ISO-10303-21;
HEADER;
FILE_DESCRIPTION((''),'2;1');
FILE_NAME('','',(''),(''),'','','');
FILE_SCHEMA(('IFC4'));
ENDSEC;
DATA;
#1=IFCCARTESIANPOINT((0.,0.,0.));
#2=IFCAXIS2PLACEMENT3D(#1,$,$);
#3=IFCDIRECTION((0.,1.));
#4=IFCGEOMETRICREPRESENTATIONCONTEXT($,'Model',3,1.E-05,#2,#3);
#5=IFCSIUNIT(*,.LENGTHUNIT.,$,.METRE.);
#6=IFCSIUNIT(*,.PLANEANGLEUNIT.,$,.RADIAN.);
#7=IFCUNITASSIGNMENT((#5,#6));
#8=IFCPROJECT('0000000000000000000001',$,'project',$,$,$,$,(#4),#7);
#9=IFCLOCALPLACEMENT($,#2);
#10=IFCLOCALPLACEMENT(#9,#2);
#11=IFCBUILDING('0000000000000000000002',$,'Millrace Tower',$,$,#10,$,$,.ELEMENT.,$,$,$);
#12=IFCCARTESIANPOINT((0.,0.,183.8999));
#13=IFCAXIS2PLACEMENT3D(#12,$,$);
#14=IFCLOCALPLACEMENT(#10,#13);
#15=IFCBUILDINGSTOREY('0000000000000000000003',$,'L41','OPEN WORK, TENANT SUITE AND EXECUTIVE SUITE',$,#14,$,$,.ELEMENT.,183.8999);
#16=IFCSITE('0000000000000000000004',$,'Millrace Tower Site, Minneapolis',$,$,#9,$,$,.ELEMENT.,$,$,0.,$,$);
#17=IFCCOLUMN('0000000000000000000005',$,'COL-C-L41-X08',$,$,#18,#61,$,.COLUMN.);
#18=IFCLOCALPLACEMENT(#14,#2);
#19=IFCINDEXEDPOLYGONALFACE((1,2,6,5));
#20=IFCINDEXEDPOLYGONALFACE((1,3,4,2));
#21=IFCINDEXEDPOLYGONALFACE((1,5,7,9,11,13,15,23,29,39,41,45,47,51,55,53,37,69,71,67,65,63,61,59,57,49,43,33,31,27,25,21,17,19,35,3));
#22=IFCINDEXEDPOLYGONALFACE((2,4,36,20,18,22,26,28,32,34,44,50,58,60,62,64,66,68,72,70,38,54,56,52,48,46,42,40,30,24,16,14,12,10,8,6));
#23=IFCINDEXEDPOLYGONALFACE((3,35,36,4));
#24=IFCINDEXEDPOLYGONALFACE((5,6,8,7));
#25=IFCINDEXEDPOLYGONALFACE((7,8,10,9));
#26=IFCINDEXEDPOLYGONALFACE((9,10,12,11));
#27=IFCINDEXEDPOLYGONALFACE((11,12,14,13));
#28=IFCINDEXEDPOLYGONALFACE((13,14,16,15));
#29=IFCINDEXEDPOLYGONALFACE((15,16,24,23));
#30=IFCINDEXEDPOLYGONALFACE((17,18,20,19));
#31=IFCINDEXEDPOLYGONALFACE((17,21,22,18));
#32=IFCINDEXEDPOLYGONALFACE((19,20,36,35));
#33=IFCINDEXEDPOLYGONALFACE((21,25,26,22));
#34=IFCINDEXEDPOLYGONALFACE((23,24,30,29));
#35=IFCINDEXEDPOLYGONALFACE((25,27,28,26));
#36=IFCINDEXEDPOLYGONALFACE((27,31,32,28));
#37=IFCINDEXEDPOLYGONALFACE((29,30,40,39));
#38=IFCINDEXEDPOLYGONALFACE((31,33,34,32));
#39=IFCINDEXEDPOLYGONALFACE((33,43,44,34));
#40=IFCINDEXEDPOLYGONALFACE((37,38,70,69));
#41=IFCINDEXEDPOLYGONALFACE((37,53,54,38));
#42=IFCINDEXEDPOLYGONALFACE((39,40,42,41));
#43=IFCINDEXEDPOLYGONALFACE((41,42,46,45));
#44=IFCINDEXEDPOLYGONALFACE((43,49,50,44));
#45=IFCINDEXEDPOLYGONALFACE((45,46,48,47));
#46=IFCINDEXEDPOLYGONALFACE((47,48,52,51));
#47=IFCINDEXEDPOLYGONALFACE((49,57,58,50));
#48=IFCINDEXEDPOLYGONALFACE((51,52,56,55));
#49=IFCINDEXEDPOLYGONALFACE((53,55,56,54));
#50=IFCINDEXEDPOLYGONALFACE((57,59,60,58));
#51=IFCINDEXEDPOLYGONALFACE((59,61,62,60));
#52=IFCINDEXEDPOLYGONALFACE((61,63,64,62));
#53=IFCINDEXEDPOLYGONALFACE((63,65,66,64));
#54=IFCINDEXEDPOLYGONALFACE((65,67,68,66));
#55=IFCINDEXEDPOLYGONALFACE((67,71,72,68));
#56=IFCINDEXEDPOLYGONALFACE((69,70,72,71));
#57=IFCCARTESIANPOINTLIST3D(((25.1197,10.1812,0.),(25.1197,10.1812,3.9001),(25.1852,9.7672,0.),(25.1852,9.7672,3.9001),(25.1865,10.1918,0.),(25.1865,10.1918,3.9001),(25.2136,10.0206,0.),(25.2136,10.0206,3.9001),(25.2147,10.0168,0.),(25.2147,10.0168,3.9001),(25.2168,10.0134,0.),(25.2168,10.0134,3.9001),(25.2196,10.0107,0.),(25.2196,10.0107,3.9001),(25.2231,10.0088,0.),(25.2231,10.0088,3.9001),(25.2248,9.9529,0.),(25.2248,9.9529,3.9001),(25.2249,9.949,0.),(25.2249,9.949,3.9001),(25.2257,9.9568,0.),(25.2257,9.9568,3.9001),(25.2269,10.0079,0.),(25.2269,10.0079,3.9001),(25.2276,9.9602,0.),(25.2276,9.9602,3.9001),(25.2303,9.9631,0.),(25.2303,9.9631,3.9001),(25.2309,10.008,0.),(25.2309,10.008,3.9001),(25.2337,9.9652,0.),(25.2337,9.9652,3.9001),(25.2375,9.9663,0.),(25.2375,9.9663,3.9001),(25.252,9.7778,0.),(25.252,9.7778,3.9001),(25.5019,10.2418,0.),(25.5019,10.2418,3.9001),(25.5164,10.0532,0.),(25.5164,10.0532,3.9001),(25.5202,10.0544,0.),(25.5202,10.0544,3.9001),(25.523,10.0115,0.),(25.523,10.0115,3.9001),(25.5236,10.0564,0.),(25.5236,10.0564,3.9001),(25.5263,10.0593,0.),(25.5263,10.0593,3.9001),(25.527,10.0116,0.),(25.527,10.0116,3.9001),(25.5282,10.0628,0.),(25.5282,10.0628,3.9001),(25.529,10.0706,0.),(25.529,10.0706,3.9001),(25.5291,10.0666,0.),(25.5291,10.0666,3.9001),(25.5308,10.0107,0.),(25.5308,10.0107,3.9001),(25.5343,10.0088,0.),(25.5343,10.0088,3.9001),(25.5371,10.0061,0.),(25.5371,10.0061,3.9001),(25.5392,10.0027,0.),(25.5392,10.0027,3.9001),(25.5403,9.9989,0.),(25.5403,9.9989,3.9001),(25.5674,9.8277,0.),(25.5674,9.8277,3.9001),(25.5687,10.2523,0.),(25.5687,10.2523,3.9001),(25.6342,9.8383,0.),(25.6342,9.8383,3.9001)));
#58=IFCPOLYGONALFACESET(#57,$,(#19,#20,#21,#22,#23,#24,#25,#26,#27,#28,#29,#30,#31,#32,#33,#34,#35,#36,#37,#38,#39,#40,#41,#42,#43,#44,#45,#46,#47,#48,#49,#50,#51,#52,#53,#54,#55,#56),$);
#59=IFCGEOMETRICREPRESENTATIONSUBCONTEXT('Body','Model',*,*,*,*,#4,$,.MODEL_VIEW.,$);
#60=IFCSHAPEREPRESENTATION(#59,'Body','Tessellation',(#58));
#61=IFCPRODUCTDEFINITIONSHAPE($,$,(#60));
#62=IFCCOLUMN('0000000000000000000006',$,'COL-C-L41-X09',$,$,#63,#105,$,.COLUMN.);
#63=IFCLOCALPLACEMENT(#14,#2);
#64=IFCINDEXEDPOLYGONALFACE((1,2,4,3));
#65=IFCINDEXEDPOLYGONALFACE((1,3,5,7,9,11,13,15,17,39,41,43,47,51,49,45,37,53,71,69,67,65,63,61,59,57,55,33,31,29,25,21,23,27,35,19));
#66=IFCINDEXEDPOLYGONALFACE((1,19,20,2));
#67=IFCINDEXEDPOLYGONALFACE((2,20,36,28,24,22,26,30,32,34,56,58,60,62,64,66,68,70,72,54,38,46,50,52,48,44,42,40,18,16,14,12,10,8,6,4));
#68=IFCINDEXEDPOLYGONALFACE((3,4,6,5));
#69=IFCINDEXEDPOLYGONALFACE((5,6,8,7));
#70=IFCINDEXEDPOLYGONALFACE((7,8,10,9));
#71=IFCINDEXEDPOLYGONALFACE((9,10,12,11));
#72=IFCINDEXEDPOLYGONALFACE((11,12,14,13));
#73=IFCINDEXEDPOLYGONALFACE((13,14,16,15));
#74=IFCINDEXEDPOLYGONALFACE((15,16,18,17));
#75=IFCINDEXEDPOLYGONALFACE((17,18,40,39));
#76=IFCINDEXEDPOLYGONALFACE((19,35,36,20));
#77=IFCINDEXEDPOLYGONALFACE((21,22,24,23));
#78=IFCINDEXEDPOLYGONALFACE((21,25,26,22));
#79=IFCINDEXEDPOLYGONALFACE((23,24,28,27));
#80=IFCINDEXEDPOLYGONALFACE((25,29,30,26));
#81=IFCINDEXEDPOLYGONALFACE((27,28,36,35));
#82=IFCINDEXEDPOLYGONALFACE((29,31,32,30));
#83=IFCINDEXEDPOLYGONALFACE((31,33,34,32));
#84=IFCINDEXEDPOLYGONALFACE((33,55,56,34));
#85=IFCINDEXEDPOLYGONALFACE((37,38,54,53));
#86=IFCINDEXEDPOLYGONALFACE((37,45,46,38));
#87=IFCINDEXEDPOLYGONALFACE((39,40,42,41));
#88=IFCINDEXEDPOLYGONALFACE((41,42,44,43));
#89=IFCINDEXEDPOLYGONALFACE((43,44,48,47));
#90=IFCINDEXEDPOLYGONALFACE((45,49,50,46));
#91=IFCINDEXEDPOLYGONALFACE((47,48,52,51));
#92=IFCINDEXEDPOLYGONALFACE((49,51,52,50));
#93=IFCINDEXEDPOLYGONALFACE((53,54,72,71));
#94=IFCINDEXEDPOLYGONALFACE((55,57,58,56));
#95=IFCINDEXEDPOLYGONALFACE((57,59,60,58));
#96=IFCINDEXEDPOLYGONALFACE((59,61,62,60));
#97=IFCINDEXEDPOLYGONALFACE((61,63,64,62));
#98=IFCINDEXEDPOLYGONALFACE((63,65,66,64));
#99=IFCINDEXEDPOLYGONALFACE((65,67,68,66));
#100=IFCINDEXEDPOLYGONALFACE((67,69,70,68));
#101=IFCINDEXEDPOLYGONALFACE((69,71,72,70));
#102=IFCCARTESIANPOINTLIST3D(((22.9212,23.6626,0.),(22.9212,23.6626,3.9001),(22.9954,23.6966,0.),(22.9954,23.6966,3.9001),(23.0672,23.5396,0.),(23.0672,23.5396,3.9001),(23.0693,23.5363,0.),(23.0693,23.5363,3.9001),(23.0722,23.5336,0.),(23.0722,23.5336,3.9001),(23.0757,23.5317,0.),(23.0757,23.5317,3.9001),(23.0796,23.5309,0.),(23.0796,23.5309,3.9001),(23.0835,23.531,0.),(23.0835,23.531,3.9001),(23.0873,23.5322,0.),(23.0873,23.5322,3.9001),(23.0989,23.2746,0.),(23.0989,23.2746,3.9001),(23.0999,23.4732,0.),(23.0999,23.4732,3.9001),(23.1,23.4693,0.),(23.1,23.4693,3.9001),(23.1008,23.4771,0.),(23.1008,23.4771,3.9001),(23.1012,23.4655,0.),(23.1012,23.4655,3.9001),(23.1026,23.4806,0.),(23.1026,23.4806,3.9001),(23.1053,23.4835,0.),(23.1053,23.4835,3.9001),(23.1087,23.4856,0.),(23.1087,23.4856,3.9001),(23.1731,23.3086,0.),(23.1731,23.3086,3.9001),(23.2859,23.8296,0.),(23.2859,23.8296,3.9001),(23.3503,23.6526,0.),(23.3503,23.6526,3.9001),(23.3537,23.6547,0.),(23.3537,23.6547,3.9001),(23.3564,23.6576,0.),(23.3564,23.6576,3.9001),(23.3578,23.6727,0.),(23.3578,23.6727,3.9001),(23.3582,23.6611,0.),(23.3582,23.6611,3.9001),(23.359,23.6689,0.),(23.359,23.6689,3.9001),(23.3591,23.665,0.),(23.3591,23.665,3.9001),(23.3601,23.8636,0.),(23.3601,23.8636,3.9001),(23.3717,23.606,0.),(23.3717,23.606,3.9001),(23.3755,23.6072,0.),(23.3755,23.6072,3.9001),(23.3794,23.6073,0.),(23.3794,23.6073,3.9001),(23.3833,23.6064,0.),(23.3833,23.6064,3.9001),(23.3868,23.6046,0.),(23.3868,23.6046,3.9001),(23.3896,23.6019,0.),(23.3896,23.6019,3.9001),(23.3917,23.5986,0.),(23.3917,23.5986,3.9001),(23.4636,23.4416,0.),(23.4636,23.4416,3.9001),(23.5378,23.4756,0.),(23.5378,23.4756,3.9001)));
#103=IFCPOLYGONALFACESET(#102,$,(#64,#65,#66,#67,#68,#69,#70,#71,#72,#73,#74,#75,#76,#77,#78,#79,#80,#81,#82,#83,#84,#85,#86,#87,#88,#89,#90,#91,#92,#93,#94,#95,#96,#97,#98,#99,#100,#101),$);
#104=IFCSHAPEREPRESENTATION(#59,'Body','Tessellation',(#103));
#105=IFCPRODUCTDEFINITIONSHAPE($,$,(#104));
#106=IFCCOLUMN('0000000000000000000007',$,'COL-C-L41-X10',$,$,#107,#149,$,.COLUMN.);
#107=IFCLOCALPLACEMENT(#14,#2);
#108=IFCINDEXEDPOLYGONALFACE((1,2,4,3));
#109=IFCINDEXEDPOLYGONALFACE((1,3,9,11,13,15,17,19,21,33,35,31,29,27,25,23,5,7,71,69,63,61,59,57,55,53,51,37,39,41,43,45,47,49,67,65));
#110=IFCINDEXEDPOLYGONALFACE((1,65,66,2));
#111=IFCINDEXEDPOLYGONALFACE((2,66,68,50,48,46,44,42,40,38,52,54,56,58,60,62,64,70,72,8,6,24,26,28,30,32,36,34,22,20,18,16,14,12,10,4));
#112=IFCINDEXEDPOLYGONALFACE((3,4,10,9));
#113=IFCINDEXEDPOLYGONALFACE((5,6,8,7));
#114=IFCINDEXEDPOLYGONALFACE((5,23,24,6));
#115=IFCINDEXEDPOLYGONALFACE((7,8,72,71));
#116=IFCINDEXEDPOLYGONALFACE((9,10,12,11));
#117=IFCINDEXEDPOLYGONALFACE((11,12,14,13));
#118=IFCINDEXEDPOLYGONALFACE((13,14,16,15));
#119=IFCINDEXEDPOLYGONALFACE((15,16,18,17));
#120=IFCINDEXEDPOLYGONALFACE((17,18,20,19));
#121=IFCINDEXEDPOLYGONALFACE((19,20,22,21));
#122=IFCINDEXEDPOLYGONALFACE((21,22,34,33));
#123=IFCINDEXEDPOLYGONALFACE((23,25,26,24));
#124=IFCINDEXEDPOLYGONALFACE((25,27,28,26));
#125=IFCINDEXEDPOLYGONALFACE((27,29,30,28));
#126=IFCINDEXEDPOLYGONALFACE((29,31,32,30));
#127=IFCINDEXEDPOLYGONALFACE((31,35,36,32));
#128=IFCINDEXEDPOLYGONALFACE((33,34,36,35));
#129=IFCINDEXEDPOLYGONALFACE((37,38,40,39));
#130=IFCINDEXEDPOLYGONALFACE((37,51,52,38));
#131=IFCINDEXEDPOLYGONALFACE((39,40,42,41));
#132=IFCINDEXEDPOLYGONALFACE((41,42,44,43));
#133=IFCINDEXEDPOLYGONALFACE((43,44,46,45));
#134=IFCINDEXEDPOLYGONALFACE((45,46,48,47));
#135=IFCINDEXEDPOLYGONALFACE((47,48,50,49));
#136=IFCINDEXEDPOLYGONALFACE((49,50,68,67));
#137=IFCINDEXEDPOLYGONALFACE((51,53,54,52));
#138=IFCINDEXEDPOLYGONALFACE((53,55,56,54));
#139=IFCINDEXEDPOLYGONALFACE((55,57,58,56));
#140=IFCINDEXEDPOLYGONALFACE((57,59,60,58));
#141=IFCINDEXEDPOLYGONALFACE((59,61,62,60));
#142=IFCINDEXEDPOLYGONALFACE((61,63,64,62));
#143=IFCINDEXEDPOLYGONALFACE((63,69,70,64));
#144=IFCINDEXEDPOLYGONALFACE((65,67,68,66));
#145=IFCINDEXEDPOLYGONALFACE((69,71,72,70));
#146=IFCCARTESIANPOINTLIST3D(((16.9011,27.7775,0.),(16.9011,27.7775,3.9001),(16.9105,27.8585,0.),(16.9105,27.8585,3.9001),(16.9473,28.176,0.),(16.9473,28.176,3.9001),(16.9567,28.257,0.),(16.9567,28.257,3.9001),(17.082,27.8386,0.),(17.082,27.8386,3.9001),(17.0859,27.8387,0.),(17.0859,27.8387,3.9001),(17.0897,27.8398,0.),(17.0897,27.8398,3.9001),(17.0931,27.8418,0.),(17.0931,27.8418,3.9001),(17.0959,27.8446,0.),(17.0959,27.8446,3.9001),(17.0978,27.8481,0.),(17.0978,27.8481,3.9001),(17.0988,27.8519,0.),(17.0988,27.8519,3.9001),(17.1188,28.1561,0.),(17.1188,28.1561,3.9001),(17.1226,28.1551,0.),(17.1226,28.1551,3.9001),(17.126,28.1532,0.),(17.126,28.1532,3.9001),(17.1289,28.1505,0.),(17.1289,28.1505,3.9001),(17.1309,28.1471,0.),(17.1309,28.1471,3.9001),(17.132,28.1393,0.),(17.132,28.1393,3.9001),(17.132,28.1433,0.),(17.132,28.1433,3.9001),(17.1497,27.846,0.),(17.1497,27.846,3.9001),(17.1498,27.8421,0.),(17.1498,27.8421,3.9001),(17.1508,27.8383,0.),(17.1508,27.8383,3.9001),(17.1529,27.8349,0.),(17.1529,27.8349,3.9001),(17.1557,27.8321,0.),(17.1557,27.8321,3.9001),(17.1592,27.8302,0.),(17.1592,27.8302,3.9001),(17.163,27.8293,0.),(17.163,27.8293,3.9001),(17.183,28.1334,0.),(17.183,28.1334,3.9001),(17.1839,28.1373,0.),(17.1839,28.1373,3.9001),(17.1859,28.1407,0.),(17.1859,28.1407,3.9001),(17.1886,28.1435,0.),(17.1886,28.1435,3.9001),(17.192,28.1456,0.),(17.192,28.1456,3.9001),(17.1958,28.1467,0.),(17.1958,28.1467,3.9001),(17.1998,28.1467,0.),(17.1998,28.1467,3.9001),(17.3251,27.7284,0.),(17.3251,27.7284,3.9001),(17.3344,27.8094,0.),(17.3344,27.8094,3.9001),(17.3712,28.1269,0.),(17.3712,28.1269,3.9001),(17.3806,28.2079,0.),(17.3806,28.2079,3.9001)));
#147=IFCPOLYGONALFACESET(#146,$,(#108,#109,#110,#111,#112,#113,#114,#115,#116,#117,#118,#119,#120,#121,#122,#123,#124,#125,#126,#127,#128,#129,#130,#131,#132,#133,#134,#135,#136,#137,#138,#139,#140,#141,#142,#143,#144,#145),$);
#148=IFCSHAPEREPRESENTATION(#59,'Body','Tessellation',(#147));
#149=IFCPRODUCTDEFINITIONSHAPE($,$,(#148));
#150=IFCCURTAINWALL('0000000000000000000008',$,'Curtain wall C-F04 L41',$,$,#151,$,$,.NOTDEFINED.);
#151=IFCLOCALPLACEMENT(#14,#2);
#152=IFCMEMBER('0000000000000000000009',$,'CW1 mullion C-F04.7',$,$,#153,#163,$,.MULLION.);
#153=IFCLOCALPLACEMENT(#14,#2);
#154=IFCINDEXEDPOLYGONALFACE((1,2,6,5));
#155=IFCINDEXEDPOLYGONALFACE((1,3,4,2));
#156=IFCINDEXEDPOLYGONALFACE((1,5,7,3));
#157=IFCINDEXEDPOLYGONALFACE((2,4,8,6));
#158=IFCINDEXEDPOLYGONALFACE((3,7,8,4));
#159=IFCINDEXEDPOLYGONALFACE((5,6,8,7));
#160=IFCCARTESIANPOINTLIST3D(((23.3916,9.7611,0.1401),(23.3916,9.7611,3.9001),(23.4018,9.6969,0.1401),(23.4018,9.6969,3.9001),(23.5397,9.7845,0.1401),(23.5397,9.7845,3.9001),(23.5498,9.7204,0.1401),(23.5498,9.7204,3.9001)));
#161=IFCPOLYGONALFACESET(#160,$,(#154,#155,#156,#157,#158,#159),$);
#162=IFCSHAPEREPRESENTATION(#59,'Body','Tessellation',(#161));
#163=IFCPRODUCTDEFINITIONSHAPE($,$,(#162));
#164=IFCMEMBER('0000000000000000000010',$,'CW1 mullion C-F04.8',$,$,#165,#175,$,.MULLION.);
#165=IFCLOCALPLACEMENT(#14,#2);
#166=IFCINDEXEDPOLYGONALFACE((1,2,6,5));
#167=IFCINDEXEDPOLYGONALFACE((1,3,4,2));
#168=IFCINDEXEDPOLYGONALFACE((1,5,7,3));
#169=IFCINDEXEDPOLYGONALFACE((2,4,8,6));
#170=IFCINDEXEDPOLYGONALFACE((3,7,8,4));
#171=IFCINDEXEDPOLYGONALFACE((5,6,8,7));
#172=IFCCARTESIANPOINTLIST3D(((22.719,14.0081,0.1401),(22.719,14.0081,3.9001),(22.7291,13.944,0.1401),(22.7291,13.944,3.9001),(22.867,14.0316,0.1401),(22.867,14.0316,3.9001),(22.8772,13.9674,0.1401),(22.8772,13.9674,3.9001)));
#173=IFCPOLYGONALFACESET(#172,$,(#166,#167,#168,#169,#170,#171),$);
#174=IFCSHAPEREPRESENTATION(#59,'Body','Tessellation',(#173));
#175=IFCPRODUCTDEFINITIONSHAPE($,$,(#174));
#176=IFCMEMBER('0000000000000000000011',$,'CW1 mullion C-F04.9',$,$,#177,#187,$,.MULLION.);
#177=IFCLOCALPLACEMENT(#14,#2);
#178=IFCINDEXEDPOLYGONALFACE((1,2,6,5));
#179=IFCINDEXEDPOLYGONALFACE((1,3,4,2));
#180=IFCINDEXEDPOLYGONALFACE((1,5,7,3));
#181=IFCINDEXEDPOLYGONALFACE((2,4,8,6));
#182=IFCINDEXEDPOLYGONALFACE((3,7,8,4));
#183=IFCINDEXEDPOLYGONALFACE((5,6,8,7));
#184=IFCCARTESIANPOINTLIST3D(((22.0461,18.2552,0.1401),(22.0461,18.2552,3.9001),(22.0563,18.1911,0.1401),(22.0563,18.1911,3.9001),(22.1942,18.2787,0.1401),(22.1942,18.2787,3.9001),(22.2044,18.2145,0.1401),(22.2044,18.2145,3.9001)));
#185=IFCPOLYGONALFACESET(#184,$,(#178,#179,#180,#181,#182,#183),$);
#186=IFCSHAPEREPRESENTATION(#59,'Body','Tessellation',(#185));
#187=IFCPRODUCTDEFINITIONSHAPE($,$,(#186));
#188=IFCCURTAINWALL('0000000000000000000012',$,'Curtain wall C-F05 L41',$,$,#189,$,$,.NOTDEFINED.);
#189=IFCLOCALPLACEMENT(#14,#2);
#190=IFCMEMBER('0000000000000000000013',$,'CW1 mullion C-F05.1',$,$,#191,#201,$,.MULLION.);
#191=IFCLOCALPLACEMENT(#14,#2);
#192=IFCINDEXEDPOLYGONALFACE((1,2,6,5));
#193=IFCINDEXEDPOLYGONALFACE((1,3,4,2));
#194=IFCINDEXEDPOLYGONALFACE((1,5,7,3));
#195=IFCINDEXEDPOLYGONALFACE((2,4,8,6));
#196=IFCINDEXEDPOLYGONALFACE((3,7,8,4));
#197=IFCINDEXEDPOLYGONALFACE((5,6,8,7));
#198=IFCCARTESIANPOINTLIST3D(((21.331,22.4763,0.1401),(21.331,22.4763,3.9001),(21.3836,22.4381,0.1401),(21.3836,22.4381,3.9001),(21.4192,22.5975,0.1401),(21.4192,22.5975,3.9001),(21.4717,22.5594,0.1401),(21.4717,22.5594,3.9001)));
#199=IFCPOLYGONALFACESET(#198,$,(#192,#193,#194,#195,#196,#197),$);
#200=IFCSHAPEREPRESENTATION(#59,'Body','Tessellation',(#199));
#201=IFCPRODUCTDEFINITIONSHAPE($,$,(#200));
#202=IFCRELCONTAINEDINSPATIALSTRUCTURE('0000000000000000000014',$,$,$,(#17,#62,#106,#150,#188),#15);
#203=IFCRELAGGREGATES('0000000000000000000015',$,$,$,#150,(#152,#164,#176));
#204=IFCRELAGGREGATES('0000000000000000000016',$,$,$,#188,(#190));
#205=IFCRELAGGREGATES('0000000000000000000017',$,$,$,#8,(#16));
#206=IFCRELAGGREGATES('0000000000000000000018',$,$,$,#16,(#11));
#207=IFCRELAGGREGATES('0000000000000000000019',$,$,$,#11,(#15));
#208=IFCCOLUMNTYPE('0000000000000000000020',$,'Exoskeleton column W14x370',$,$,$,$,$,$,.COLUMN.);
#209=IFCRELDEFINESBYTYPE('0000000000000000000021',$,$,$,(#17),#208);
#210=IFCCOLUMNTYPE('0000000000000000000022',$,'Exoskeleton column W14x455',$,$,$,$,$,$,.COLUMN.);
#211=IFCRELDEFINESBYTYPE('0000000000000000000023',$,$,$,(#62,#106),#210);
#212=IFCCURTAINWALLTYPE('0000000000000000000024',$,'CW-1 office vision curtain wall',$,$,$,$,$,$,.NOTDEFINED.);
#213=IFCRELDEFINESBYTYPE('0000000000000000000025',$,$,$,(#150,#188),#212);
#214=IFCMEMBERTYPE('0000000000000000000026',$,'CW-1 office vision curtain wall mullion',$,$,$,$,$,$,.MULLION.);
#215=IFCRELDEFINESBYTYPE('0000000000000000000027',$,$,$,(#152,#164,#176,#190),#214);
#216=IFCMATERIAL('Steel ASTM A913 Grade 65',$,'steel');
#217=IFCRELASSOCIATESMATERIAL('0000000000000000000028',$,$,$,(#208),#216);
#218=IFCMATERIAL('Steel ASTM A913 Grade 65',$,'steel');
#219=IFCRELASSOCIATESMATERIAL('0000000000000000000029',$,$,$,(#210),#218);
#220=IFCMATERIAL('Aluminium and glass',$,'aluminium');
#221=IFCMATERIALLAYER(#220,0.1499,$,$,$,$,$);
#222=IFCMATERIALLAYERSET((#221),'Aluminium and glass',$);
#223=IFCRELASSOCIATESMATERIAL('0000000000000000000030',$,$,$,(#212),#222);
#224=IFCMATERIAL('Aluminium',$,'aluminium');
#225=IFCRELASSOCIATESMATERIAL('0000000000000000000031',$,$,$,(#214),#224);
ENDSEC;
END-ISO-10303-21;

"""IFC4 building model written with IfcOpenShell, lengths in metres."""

from ifc_helpers import new_model, si_unit, direction, frame, origin, origin_2d, place, context, subcontext, project, spatial, rectangle, i_section, extrude, material, layer, layer_set, material_profile, profile_set, type_object, element, aggregate, save


model = new_model("IFC4")

# Units and contexts
model_context = context("Model", 3, precision=1e-05, world=origin(), true_north=direction((0.0, 1.0)))
body_context = subcontext(model_context, "Body", "Model", "MODEL_VIEW")
ifc_project = project(units=[si_unit("LENGTHUNIT", "METRE"), si_unit("PLANEANGLEUNIT", "RADIAN")], contexts=[model_context])

# Site, building, storey
site_placement = place(None, origin())
site = spatial("IfcSite", under=ifc_project, at=site_placement, Name="Millrace Tower Site, Minneapolis", CompositionType="ELEMENT", RefElevation=0.0)
building_placement = place(site_placement, origin())
building = spatial("IfcBuilding", under=site, at=building_placement, Name="Millrace Tower", CompositionType="ELEMENT")
storey_placement = place(building_placement, frame((0.0, 0.0, 183.8999)))
storey = spatial("IfcBuildingStorey", under=building, at=storey_placement, Name="L41", Description="OPEN WORK, TENANT SUITE AND EXECUTIVE SUITE", CompositionType="ELEMENT", Elevation=183.8999)

# Columns
ifc_material_1 = material(Name="Steel ASTM A913 Grade 65", Category="steel")
ifc_material_profile_1 = material_profile(ifc_material_1, i_section(OverallWidth=0.4192, OverallDepth=0.4546, WebThickness=0.0422, FlangeThickness=0.0676, FilletRadius=0.0151, at=origin_2d()))
ifc_profile_set_1 = profile_set([ifc_material_profile_1], Name="Steel ASTM A913 Grade 65")
column_type_1 = type_object("IfcColumnType", Name="Exoskeleton column W14x370", PredefinedType="COLUMN", material=ifc_profile_set_1)
column_placement = place(storey_placement, frame((25.377, 10.0098, 0.0), z_axis=(0.0, 0.0, 1.0), x_axis=(-0.156434, 0.987688, 0.0)))
element("IfcColumn", 1, at=column_placement, inside=storey, type_object=column_type_1, Name="COL-C-L41-X08", PredefinedType="COLUMN", context=body_context, shape_type="SweptSolid", body=[
    extrude(i_section(OverallWidth=0.4192, OverallDepth=0.4546, WebThickness=0.0422, FlangeThickness=0.0676, FilletRadius=0.0151, at=origin_2d()), origin(), (0.0, 0.0, 1.0), 3.9001),
])
ifc_material_2 = material(Name="Steel ASTM A913 Grade 65", Category="steel")
ifc_material_profile_2 = material_profile(ifc_material_2, i_section(OverallWidth=0.4268, OverallDepth=0.4827, WebThickness=0.0513, FlangeThickness=0.0815, FilletRadius=0.0151, at=origin_2d()))
ifc_profile_set_2 = profile_set([ifc_material_profile_2], Name="Steel ASTM A913 Grade 65")
column_type_2 = type_object("IfcColumnType", Name="Exoskeleton column W14x455", PredefinedType="COLUMN", material=ifc_profile_set_2)
for number, where, z_axis, x_axis, name in (
    (2, (23.2295, 23.5691, 0.0), (0.0, 0.0, 1.0), (-0.416401, 0.909181, 0.0), "COL-C-L41-X09"),
    (3, (17.1409, 27.9927, 0.0), (0.0, 0.0, 1.0), (-0.993358, 0.115069, 0.0), "COL-C-L41-X10"),
):
    element("IfcColumn", number, at=place(storey_placement, frame(where, z_axis=z_axis, x_axis=x_axis)), inside=storey, type_object=column_type_2, Name=name, PredefinedType="COLUMN", context=body_context, shape_type="SweptSolid", body=[
        extrude(i_section(OverallWidth=0.4268, OverallDepth=0.4827, WebThickness=0.0513, FlangeThickness=0.0815, FilletRadius=0.0151, at=origin_2d()), origin(), (0.0, 0.0, 1.0), 3.9001),
    ])

# Curtain wall, members
ifc_material_3 = material(Name="Aluminium and glass", Category="aluminium")
ifc_layer_1 = layer(ifc_material_3, 0.1499)
ifc_layer_set_1 = layer_set([ifc_layer_1], Name="Aluminium and glass")
curtain_wall_type = type_object("IfcCurtainWallType", Name="CW-1 office vision curtain wall", PredefinedType="NOTDEFINED", material=ifc_layer_set_1)
placement = place(storey_placement, origin())
curtain_wall_1 = element("IfcCurtainWall", 4, at=placement, inside=storey, type_object=curtain_wall_type, Name="Curtain wall C-F04 L41", PredefinedType="NOTDEFINED")
ifc_material_4 = material(Name="Aluminium", Category="aluminium")
ifc_material_profile_3 = material_profile(ifc_material_4, rectangle(XDim=0.0649, YDim=0.1499, at=origin_2d()))
ifc_profile_set_3 = profile_set([ifc_material_profile_3], Name="Aluminium")
member_type_1 = type_object("IfcMemberType", Name="CW-1 office vision curtain wall mullion", PredefinedType="MULLION", material=ifc_profile_set_3)
member_1_placement = place(storey_placement, frame((23.4707, 9.7407, 0.1401), z_axis=(0.0, 0.0, 1.0), x_axis=(-0.156434, 0.987688, 0.0)))
member_1 = element("IfcMember", 5, at=member_1_placement, type_object=member_type_1, Name="CW1 mullion C-F04.7", PredefinedType="MULLION", context=body_context, shape_type="SweptSolid", body=[
    extrude(rectangle(XDim=0.0649, YDim=0.1499, at=origin_2d()), origin(), (0.0, 0.0, 1.0), 3.76),
])
member_2_placement = place(storey_placement, frame((22.7981, 13.9878, 0.1401), z_axis=(0.0, 0.0, 1.0), x_axis=(-0.156434, 0.987688, 0.0)))
member_2 = element("IfcMember", 6, at=member_2_placement, type_object=member_type_1, Name="CW1 mullion C-F04.8", PredefinedType="MULLION", context=body_context, shape_type="SweptSolid", body=[
    extrude(rectangle(XDim=0.0649, YDim=0.1499, at=origin_2d()), origin(), (0.0, 0.0, 1.0), 3.76),
])
member_3_placement = place(storey_placement, frame((22.1252, 18.2349, 0.1401), z_axis=(0.0, 0.0, 1.0), x_axis=(-0.156434, 0.987688, 0.0)))
member_3 = element("IfcMember", 7, at=member_3_placement, type_object=member_type_1, Name="CW1 mullion C-F04.9", PredefinedType="MULLION", context=body_context, shape_type="SweptSolid", body=[
    extrude(rectangle(XDim=0.0649, YDim=0.1499, at=origin_2d()), origin(), (0.0, 0.0, 1.0), 3.76),
])
aggregate(curtain_wall_1, [member_1, member_2, member_3])

# Curtain wall, member
curtain_wall_2 = element("IfcCurtainWall", 8, at=placement, inside=storey, type_object=curtain_wall_type, Name="Curtain wall C-F05 L41", PredefinedType="NOTDEFINED")
member_4_placement = place(storey_placement, frame((21.4014, 22.5178, 0.1401), z_axis=(0.0, 0.0, 1.0), x_axis=(-0.809017, 0.587785, 0.0)))
member_4 = element("IfcMember", 9, at=member_4_placement, type_object=member_type_1, Name="CW1 mullion C-F05.1", PredefinedType="MULLION", context=body_context, shape_type="SweptSolid", body=[
    extrude(rectangle(XDim=0.0649, YDim=0.1499, at=origin_2d()), origin(), (0.0, 0.0, 1.0), 3.76),
])

aggregate(curtain_wall_2, [member_4])

save(model, "model.ifc")
